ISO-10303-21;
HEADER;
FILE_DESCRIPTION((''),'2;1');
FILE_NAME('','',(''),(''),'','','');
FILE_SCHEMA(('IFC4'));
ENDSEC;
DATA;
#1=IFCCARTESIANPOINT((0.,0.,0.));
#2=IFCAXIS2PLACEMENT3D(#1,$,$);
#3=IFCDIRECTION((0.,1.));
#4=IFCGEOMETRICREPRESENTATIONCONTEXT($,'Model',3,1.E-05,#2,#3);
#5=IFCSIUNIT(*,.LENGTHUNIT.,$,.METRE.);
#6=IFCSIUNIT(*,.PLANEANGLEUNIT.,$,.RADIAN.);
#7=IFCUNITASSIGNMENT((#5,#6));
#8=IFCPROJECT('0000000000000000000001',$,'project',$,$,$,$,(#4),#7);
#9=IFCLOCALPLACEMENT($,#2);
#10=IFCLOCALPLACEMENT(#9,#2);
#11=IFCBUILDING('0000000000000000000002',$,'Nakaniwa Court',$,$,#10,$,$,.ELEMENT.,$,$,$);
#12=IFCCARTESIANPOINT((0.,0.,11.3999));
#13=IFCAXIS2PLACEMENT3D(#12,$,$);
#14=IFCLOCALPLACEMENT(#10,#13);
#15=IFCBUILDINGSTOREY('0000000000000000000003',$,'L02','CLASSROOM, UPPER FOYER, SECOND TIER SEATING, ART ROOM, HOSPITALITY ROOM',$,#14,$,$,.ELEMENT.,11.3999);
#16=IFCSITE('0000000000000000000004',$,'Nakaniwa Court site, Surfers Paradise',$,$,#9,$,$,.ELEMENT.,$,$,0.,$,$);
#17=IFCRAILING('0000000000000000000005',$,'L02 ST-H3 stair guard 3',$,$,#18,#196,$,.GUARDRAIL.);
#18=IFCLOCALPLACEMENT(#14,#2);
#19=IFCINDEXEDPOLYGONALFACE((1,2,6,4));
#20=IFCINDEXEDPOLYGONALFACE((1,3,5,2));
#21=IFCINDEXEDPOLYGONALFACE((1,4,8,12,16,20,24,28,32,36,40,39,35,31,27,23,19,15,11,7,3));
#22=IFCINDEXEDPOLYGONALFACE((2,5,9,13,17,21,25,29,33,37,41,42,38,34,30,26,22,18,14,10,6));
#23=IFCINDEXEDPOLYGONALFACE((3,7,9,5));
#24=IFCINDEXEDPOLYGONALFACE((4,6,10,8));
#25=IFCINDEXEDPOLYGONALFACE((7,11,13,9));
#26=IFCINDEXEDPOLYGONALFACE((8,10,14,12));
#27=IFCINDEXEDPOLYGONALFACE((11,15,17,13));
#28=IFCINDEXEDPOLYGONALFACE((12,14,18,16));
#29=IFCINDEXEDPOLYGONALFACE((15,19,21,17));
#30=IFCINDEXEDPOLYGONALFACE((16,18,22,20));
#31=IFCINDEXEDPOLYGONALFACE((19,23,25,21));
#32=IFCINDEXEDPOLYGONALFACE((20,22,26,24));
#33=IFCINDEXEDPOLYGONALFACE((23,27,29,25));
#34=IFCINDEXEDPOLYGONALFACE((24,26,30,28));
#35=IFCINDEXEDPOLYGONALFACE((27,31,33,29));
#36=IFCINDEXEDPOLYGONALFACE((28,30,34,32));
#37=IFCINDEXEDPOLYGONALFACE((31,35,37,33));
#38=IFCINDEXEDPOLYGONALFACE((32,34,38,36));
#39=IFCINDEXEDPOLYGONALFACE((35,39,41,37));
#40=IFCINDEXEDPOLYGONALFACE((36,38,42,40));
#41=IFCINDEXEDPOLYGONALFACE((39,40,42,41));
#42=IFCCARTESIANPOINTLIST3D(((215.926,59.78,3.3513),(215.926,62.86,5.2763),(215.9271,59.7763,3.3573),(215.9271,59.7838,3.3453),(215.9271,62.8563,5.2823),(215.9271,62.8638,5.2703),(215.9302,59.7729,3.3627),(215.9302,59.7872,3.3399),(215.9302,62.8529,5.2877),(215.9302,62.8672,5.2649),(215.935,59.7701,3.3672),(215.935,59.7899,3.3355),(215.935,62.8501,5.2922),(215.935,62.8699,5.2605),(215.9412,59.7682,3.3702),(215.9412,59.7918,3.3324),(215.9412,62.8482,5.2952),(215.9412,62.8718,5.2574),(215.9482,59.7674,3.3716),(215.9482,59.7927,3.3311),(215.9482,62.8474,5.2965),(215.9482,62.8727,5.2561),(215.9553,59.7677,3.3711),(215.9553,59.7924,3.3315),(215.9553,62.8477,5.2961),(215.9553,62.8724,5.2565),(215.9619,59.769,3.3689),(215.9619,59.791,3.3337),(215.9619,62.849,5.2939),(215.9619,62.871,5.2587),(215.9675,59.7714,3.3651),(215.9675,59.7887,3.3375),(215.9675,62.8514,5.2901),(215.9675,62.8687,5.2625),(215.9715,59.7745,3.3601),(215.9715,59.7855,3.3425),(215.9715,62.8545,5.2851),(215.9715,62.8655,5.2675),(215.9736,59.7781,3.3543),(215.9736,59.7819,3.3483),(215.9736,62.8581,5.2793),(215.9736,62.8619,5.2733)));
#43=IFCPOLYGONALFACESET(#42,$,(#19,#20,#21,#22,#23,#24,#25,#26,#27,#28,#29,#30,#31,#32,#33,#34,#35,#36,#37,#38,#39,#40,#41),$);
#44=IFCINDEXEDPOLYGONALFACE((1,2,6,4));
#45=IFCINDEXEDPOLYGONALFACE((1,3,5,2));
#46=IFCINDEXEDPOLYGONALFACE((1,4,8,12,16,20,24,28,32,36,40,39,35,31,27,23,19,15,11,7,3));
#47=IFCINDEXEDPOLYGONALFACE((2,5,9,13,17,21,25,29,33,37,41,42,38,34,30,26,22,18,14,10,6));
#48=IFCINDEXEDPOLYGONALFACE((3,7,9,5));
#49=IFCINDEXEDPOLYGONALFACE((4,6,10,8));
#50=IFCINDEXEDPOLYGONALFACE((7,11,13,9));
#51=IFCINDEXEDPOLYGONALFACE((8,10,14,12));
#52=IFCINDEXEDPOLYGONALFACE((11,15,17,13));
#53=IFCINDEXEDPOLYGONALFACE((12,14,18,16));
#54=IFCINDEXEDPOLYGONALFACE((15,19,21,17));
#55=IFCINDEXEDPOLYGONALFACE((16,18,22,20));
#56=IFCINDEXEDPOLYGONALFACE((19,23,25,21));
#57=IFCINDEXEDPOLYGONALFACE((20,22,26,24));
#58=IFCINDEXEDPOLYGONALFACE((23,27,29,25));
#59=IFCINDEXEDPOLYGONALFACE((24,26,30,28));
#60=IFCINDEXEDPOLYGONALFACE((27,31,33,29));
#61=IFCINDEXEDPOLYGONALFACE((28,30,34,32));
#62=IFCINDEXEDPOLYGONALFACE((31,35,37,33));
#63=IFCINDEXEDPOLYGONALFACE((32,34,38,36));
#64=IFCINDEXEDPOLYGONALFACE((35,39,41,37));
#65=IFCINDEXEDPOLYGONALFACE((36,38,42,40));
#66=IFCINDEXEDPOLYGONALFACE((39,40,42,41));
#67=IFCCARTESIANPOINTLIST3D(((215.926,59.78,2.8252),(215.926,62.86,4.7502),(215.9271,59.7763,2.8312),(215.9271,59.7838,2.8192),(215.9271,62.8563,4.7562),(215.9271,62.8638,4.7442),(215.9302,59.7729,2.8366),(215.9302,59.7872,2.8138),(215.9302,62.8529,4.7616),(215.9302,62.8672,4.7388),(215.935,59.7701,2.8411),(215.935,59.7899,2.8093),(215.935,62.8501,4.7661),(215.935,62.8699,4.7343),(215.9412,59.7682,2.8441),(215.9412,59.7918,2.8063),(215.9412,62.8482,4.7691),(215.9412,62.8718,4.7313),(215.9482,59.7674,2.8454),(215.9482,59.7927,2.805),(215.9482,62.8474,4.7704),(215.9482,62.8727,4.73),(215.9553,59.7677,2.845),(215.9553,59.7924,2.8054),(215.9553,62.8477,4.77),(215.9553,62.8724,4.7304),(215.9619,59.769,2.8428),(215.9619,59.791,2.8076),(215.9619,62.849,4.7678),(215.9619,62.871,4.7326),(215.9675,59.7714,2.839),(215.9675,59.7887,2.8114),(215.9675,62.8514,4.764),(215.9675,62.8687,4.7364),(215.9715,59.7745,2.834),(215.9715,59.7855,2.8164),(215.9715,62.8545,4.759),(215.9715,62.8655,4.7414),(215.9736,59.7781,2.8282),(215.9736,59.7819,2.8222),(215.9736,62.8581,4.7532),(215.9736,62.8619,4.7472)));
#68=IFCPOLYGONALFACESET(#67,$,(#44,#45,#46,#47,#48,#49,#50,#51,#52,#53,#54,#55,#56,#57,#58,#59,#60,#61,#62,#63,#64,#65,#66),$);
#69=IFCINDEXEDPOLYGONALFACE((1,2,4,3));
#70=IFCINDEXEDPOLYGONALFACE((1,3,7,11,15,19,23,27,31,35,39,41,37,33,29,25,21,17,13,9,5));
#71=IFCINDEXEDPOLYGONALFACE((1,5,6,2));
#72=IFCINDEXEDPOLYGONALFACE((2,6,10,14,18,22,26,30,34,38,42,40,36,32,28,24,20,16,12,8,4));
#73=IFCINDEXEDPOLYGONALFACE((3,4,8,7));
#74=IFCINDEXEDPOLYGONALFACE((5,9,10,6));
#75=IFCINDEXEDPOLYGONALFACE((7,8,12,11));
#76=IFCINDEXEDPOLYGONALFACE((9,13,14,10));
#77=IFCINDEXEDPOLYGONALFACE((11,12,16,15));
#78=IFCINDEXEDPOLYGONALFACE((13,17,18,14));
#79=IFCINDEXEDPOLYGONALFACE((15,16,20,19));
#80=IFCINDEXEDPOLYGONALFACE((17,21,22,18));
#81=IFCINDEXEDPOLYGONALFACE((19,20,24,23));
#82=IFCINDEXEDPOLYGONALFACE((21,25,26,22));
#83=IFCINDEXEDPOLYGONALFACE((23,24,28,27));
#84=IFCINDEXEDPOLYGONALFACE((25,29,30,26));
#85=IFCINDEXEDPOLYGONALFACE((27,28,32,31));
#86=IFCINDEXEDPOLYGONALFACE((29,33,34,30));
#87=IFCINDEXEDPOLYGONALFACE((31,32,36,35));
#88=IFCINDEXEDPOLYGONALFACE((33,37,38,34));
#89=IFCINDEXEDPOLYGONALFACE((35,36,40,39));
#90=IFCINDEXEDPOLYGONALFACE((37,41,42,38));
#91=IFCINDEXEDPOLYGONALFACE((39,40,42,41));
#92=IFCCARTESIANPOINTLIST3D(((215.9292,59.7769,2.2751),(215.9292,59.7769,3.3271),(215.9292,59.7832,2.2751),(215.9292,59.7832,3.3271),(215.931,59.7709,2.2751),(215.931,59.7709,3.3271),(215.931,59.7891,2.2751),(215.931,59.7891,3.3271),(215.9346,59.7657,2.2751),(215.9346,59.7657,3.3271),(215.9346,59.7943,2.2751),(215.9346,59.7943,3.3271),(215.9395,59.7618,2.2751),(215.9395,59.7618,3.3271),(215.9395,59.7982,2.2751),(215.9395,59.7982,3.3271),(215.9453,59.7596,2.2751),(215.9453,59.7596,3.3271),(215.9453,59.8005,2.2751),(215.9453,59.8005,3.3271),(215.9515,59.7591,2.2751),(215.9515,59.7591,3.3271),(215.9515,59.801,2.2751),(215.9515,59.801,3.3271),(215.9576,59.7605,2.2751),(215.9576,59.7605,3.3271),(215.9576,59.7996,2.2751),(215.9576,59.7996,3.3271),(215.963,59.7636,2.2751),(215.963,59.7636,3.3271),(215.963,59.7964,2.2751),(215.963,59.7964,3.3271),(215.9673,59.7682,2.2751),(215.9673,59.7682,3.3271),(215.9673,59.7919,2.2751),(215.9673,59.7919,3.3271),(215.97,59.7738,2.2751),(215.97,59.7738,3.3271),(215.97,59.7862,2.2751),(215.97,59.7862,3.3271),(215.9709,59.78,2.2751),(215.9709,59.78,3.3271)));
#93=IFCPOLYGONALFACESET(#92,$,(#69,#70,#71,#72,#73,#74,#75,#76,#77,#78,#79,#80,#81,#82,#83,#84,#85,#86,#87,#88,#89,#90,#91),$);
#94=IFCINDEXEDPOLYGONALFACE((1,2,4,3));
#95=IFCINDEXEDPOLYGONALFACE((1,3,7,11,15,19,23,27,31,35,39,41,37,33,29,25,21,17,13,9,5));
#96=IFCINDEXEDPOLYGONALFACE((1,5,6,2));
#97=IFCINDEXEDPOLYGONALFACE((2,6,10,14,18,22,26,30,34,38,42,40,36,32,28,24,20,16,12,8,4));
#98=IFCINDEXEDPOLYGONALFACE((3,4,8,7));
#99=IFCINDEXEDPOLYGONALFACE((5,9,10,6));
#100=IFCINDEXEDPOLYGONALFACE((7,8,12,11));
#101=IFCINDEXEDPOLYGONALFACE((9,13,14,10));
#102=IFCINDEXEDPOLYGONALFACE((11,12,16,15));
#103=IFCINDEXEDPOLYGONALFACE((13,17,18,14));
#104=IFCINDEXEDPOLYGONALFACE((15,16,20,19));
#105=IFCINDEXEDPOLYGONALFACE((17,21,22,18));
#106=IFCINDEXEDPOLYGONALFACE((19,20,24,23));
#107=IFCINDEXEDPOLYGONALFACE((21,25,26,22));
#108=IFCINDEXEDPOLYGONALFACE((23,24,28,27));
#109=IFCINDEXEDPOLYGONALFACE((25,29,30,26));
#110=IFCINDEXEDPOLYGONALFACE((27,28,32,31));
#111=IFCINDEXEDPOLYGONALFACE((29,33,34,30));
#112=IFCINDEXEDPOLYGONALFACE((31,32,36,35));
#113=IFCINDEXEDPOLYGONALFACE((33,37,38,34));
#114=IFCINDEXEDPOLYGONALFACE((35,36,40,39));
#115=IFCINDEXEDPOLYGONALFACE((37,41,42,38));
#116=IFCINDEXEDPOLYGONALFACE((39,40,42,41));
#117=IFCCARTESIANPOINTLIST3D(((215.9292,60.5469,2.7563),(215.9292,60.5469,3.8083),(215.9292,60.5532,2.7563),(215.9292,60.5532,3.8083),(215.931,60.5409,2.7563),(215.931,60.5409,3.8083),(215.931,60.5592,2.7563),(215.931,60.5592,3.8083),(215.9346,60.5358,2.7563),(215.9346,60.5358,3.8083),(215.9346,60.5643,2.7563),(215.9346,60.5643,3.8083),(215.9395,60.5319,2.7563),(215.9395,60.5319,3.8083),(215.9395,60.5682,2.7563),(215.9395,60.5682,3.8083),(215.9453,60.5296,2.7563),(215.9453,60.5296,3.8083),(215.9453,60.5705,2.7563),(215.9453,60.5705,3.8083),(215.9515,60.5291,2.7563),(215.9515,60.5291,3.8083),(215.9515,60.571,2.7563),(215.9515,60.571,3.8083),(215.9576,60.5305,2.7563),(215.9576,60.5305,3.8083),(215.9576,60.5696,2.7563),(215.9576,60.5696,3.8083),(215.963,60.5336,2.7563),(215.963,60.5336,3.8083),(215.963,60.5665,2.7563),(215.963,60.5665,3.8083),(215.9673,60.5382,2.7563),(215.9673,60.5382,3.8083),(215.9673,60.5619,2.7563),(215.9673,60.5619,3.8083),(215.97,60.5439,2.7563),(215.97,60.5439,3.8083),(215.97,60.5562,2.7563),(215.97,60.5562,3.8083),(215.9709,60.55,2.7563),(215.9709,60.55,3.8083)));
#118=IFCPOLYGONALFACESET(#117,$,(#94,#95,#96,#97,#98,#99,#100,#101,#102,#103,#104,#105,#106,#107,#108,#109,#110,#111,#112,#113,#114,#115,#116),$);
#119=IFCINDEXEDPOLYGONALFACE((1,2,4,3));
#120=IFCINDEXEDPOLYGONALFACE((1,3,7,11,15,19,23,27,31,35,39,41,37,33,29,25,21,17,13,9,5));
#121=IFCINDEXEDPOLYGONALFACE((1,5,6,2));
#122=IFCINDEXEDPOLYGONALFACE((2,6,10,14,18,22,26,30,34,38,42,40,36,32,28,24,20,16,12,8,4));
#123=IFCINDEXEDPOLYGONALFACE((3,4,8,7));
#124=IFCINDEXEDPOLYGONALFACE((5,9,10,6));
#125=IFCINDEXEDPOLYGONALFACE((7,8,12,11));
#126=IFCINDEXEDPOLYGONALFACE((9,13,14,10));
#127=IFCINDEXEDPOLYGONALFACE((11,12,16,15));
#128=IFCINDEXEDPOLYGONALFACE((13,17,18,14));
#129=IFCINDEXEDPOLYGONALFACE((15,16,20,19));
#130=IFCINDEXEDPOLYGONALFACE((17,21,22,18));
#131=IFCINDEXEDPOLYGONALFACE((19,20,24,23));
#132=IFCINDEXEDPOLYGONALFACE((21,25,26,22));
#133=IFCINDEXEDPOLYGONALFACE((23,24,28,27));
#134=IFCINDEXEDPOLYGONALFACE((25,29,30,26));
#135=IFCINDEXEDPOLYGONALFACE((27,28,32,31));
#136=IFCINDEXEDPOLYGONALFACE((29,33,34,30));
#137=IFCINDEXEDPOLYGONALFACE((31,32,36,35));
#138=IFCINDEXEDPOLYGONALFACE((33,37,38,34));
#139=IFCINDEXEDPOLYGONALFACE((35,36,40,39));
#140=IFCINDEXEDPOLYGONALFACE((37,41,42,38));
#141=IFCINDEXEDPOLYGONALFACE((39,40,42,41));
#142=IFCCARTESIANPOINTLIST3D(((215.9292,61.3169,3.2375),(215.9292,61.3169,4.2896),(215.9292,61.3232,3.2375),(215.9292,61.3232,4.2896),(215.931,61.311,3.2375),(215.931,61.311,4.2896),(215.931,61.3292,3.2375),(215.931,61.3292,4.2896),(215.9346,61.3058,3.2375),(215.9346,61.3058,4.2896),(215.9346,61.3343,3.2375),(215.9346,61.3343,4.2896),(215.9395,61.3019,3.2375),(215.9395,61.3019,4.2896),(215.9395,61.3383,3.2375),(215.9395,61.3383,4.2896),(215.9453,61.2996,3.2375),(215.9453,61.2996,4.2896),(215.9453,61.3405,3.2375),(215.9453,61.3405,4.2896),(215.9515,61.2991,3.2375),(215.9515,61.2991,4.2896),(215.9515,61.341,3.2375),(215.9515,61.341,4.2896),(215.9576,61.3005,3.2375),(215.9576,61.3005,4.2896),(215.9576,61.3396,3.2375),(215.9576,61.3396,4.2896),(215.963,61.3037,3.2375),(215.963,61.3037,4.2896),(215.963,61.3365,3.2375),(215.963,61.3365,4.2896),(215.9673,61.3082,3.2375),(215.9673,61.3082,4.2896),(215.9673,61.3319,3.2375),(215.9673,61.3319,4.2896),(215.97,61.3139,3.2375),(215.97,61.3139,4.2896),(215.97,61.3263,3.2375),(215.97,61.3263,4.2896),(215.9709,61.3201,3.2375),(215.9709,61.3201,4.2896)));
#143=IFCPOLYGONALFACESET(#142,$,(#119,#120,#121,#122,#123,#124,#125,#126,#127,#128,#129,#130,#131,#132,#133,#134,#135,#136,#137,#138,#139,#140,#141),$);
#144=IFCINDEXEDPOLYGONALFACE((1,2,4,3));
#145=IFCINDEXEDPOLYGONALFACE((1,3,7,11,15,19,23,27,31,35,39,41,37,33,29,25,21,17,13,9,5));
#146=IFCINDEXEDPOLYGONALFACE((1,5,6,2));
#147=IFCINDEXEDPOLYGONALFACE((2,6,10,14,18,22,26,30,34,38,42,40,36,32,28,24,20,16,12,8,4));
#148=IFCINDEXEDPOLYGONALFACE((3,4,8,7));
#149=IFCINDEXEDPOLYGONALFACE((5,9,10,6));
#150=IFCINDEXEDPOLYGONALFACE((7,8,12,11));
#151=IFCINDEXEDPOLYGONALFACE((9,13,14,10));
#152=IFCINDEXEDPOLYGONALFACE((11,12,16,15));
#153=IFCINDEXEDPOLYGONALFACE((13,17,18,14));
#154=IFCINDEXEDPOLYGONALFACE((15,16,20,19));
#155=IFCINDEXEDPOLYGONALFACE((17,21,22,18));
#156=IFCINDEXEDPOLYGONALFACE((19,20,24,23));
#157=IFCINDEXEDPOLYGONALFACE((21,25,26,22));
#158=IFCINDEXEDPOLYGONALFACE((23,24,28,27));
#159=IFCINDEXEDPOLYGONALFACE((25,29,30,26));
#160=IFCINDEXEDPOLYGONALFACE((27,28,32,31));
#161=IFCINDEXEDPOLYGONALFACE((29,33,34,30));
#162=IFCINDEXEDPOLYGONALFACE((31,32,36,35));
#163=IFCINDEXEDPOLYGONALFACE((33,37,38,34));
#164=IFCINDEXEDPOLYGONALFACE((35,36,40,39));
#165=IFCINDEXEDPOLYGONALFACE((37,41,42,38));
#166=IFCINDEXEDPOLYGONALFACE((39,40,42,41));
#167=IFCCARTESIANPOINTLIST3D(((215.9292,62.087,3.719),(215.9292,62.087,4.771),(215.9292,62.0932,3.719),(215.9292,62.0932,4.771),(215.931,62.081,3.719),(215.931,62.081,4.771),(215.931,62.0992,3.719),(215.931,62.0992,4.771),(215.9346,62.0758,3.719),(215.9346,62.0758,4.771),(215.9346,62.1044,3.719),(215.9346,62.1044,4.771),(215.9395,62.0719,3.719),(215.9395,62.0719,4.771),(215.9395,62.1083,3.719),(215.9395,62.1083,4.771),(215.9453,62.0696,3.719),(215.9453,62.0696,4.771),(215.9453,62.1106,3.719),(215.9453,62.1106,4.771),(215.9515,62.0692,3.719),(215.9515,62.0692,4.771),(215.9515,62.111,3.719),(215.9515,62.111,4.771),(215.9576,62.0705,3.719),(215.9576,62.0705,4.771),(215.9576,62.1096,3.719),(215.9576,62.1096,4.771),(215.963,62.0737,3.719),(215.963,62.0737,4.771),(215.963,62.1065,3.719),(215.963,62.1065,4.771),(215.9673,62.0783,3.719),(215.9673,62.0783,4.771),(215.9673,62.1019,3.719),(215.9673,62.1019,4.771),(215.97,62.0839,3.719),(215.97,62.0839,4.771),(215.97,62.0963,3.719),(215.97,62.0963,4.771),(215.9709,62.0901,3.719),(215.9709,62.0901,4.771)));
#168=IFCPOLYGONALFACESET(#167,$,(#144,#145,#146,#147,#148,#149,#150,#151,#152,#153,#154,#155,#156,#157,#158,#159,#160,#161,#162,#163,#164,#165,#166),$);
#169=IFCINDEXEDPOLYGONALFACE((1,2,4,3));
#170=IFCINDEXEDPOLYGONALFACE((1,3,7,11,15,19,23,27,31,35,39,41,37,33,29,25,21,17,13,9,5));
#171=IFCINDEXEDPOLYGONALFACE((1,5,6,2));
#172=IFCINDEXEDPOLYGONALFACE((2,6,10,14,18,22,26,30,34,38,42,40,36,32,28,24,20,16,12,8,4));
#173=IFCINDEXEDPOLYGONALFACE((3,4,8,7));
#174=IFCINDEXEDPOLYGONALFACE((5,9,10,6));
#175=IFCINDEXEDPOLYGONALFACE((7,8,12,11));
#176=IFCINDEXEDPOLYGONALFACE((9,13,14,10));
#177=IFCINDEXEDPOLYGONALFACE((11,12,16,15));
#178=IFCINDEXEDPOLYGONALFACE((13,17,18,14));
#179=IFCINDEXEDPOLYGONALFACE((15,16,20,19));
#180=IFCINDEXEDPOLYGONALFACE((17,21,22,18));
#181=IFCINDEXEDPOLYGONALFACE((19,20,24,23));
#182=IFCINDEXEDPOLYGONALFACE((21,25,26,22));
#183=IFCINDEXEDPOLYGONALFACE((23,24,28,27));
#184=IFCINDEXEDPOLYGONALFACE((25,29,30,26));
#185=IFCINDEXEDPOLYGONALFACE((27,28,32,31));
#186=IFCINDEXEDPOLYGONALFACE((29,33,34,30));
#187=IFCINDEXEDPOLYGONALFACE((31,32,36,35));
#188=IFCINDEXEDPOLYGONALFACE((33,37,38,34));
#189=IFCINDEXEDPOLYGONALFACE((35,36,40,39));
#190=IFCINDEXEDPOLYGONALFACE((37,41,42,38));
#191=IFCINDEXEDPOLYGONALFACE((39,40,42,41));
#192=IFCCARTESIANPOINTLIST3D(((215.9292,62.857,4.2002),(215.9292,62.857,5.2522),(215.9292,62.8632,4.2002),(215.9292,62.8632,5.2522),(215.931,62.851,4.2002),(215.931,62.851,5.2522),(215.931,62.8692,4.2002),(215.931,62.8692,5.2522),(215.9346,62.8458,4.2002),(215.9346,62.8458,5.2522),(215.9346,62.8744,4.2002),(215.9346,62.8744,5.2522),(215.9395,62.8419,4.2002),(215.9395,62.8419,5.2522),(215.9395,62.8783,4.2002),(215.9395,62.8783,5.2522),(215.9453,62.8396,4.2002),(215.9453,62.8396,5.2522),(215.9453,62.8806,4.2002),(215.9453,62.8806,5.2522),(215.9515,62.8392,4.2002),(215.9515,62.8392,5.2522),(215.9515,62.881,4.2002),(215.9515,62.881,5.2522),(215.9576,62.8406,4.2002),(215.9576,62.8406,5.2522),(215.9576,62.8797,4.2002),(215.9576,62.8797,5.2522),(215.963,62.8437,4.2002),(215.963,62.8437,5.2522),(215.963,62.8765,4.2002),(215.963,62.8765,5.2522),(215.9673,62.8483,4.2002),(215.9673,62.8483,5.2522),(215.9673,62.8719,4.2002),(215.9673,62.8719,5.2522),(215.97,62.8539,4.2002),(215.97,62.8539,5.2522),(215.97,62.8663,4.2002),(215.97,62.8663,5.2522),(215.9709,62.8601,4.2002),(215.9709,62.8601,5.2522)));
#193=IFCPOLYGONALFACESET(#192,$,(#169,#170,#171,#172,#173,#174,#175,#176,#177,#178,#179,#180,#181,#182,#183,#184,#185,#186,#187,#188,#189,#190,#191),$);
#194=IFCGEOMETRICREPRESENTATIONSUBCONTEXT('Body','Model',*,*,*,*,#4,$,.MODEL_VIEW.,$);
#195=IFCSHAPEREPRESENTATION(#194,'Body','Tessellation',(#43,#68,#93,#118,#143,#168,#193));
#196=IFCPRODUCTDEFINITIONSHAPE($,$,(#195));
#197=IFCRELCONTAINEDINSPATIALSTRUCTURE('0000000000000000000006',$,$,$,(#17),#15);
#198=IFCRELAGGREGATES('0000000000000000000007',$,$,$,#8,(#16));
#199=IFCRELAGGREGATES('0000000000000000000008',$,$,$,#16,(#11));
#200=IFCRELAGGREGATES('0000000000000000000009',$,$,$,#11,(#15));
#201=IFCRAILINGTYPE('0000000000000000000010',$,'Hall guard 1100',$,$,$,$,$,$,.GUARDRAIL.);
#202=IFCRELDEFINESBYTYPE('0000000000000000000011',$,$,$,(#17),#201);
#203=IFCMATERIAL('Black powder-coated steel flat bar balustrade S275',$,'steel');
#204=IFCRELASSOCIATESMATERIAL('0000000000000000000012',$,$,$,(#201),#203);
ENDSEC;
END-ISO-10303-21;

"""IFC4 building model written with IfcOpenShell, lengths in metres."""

from ifc_helpers import new_model, si_unit, direction, frame, origin, origin_2d, place, context, subcontext, project, spatial, circle, extrude, material, type_object, element, save


model = new_model("IFC4")

# Units and contexts
model_context = context("Model", 3, precision=1e-05, world=origin(), true_north=direction((0.0, 1.0)))
body_context = subcontext(model_context, "Body", "Model", "MODEL_VIEW")
ifc_project = project(units=[si_unit("LENGTHUNIT", "METRE"), si_unit("PLANEANGLEUNIT", "RADIAN")], contexts=[model_context])

# Site, building, storey
site_placement = place(None, origin())
site = spatial("IfcSite", under=ifc_project, at=site_placement, Name="Nakaniwa Court site, Surfers Paradise", CompositionType="ELEMENT", RefElevation=0.0)
building_placement = place(site_placement, origin())
building = spatial("IfcBuilding", under=site, at=building_placement, Name="Nakaniwa Court", CompositionType="ELEMENT")
storey_placement = place(building_placement, frame((0.0, 0.0, 11.3999)))
storey = spatial("IfcBuildingStorey", under=building, at=storey_placement, Name="L02", Description="CLASSROOM, UPPER FOYER, SECOND TIER SEATING, ART ROOM, HOSPITALITY ROOM", CompositionType="ELEMENT", Elevation=11.3999)

# Railing
ifc_material_1 = material(Name="Black powder-coated steel flat bar balustrade S275", Category="steel")
railing_type_1 = type_object("IfcRailingType", Name="Hall guard 1100", PredefinedType="GUARDRAIL", material=ifc_material_1)
railing_1_placement = place(storey_placement, frame((215.95, 59.78, 2.2751)))
element("IfcRailing", 1, at=railing_1_placement, inside=storey, type_object=railing_type_1, Name="L02 ST-H3 stair guard 3", PredefinedType="GUARDRAIL", context=body_context, shape_type="SweptSolid", body=[
    extrude(circle(Radius=0.0239, at=origin_2d()), frame((0.0, 0.0, 1.0762), z_axis=(0.0, 0.847998, 0.529999), x_axis=(-1.0, 0.0, 0.0)), (0.0, 0.0, 1.0), 3.6321),
    extrude(circle(Radius=0.0239, at=origin_2d()), frame((0.0, 0.0, 0.55), z_axis=(0.0, 0.847998, 0.529999), x_axis=(-1.0, 0.0, 0.0)), (0.0, 0.0, 1.0), 3.6321),
    extrude(circle(Radius=0.021, at=origin_2d()), origin(), (0.0, 0.0, 1.0), 1.052),
    extrude(circle(Radius=0.021, at=origin_2d()), frame((0.0, 0.77, 0.4812)), (0.0, 0.0, 1.0), 1.052),
    extrude(circle(Radius=0.021, at=origin_2d()), frame((0.0, 1.54, 0.9624)), (0.0, 0.0, 1.0), 1.052),
    extrude(circle(Radius=0.021, at=origin_2d()), frame((0.0, 2.3101, 1.4438)), (0.0, 0.0, 1.0), 1.052),
    extrude(circle(Radius=0.021, at=origin_2d()), frame((0.0, 3.0801, 1.925)), (0.0, 0.0, 1.0), 1.052),
])

save(model, "model.ifc")
